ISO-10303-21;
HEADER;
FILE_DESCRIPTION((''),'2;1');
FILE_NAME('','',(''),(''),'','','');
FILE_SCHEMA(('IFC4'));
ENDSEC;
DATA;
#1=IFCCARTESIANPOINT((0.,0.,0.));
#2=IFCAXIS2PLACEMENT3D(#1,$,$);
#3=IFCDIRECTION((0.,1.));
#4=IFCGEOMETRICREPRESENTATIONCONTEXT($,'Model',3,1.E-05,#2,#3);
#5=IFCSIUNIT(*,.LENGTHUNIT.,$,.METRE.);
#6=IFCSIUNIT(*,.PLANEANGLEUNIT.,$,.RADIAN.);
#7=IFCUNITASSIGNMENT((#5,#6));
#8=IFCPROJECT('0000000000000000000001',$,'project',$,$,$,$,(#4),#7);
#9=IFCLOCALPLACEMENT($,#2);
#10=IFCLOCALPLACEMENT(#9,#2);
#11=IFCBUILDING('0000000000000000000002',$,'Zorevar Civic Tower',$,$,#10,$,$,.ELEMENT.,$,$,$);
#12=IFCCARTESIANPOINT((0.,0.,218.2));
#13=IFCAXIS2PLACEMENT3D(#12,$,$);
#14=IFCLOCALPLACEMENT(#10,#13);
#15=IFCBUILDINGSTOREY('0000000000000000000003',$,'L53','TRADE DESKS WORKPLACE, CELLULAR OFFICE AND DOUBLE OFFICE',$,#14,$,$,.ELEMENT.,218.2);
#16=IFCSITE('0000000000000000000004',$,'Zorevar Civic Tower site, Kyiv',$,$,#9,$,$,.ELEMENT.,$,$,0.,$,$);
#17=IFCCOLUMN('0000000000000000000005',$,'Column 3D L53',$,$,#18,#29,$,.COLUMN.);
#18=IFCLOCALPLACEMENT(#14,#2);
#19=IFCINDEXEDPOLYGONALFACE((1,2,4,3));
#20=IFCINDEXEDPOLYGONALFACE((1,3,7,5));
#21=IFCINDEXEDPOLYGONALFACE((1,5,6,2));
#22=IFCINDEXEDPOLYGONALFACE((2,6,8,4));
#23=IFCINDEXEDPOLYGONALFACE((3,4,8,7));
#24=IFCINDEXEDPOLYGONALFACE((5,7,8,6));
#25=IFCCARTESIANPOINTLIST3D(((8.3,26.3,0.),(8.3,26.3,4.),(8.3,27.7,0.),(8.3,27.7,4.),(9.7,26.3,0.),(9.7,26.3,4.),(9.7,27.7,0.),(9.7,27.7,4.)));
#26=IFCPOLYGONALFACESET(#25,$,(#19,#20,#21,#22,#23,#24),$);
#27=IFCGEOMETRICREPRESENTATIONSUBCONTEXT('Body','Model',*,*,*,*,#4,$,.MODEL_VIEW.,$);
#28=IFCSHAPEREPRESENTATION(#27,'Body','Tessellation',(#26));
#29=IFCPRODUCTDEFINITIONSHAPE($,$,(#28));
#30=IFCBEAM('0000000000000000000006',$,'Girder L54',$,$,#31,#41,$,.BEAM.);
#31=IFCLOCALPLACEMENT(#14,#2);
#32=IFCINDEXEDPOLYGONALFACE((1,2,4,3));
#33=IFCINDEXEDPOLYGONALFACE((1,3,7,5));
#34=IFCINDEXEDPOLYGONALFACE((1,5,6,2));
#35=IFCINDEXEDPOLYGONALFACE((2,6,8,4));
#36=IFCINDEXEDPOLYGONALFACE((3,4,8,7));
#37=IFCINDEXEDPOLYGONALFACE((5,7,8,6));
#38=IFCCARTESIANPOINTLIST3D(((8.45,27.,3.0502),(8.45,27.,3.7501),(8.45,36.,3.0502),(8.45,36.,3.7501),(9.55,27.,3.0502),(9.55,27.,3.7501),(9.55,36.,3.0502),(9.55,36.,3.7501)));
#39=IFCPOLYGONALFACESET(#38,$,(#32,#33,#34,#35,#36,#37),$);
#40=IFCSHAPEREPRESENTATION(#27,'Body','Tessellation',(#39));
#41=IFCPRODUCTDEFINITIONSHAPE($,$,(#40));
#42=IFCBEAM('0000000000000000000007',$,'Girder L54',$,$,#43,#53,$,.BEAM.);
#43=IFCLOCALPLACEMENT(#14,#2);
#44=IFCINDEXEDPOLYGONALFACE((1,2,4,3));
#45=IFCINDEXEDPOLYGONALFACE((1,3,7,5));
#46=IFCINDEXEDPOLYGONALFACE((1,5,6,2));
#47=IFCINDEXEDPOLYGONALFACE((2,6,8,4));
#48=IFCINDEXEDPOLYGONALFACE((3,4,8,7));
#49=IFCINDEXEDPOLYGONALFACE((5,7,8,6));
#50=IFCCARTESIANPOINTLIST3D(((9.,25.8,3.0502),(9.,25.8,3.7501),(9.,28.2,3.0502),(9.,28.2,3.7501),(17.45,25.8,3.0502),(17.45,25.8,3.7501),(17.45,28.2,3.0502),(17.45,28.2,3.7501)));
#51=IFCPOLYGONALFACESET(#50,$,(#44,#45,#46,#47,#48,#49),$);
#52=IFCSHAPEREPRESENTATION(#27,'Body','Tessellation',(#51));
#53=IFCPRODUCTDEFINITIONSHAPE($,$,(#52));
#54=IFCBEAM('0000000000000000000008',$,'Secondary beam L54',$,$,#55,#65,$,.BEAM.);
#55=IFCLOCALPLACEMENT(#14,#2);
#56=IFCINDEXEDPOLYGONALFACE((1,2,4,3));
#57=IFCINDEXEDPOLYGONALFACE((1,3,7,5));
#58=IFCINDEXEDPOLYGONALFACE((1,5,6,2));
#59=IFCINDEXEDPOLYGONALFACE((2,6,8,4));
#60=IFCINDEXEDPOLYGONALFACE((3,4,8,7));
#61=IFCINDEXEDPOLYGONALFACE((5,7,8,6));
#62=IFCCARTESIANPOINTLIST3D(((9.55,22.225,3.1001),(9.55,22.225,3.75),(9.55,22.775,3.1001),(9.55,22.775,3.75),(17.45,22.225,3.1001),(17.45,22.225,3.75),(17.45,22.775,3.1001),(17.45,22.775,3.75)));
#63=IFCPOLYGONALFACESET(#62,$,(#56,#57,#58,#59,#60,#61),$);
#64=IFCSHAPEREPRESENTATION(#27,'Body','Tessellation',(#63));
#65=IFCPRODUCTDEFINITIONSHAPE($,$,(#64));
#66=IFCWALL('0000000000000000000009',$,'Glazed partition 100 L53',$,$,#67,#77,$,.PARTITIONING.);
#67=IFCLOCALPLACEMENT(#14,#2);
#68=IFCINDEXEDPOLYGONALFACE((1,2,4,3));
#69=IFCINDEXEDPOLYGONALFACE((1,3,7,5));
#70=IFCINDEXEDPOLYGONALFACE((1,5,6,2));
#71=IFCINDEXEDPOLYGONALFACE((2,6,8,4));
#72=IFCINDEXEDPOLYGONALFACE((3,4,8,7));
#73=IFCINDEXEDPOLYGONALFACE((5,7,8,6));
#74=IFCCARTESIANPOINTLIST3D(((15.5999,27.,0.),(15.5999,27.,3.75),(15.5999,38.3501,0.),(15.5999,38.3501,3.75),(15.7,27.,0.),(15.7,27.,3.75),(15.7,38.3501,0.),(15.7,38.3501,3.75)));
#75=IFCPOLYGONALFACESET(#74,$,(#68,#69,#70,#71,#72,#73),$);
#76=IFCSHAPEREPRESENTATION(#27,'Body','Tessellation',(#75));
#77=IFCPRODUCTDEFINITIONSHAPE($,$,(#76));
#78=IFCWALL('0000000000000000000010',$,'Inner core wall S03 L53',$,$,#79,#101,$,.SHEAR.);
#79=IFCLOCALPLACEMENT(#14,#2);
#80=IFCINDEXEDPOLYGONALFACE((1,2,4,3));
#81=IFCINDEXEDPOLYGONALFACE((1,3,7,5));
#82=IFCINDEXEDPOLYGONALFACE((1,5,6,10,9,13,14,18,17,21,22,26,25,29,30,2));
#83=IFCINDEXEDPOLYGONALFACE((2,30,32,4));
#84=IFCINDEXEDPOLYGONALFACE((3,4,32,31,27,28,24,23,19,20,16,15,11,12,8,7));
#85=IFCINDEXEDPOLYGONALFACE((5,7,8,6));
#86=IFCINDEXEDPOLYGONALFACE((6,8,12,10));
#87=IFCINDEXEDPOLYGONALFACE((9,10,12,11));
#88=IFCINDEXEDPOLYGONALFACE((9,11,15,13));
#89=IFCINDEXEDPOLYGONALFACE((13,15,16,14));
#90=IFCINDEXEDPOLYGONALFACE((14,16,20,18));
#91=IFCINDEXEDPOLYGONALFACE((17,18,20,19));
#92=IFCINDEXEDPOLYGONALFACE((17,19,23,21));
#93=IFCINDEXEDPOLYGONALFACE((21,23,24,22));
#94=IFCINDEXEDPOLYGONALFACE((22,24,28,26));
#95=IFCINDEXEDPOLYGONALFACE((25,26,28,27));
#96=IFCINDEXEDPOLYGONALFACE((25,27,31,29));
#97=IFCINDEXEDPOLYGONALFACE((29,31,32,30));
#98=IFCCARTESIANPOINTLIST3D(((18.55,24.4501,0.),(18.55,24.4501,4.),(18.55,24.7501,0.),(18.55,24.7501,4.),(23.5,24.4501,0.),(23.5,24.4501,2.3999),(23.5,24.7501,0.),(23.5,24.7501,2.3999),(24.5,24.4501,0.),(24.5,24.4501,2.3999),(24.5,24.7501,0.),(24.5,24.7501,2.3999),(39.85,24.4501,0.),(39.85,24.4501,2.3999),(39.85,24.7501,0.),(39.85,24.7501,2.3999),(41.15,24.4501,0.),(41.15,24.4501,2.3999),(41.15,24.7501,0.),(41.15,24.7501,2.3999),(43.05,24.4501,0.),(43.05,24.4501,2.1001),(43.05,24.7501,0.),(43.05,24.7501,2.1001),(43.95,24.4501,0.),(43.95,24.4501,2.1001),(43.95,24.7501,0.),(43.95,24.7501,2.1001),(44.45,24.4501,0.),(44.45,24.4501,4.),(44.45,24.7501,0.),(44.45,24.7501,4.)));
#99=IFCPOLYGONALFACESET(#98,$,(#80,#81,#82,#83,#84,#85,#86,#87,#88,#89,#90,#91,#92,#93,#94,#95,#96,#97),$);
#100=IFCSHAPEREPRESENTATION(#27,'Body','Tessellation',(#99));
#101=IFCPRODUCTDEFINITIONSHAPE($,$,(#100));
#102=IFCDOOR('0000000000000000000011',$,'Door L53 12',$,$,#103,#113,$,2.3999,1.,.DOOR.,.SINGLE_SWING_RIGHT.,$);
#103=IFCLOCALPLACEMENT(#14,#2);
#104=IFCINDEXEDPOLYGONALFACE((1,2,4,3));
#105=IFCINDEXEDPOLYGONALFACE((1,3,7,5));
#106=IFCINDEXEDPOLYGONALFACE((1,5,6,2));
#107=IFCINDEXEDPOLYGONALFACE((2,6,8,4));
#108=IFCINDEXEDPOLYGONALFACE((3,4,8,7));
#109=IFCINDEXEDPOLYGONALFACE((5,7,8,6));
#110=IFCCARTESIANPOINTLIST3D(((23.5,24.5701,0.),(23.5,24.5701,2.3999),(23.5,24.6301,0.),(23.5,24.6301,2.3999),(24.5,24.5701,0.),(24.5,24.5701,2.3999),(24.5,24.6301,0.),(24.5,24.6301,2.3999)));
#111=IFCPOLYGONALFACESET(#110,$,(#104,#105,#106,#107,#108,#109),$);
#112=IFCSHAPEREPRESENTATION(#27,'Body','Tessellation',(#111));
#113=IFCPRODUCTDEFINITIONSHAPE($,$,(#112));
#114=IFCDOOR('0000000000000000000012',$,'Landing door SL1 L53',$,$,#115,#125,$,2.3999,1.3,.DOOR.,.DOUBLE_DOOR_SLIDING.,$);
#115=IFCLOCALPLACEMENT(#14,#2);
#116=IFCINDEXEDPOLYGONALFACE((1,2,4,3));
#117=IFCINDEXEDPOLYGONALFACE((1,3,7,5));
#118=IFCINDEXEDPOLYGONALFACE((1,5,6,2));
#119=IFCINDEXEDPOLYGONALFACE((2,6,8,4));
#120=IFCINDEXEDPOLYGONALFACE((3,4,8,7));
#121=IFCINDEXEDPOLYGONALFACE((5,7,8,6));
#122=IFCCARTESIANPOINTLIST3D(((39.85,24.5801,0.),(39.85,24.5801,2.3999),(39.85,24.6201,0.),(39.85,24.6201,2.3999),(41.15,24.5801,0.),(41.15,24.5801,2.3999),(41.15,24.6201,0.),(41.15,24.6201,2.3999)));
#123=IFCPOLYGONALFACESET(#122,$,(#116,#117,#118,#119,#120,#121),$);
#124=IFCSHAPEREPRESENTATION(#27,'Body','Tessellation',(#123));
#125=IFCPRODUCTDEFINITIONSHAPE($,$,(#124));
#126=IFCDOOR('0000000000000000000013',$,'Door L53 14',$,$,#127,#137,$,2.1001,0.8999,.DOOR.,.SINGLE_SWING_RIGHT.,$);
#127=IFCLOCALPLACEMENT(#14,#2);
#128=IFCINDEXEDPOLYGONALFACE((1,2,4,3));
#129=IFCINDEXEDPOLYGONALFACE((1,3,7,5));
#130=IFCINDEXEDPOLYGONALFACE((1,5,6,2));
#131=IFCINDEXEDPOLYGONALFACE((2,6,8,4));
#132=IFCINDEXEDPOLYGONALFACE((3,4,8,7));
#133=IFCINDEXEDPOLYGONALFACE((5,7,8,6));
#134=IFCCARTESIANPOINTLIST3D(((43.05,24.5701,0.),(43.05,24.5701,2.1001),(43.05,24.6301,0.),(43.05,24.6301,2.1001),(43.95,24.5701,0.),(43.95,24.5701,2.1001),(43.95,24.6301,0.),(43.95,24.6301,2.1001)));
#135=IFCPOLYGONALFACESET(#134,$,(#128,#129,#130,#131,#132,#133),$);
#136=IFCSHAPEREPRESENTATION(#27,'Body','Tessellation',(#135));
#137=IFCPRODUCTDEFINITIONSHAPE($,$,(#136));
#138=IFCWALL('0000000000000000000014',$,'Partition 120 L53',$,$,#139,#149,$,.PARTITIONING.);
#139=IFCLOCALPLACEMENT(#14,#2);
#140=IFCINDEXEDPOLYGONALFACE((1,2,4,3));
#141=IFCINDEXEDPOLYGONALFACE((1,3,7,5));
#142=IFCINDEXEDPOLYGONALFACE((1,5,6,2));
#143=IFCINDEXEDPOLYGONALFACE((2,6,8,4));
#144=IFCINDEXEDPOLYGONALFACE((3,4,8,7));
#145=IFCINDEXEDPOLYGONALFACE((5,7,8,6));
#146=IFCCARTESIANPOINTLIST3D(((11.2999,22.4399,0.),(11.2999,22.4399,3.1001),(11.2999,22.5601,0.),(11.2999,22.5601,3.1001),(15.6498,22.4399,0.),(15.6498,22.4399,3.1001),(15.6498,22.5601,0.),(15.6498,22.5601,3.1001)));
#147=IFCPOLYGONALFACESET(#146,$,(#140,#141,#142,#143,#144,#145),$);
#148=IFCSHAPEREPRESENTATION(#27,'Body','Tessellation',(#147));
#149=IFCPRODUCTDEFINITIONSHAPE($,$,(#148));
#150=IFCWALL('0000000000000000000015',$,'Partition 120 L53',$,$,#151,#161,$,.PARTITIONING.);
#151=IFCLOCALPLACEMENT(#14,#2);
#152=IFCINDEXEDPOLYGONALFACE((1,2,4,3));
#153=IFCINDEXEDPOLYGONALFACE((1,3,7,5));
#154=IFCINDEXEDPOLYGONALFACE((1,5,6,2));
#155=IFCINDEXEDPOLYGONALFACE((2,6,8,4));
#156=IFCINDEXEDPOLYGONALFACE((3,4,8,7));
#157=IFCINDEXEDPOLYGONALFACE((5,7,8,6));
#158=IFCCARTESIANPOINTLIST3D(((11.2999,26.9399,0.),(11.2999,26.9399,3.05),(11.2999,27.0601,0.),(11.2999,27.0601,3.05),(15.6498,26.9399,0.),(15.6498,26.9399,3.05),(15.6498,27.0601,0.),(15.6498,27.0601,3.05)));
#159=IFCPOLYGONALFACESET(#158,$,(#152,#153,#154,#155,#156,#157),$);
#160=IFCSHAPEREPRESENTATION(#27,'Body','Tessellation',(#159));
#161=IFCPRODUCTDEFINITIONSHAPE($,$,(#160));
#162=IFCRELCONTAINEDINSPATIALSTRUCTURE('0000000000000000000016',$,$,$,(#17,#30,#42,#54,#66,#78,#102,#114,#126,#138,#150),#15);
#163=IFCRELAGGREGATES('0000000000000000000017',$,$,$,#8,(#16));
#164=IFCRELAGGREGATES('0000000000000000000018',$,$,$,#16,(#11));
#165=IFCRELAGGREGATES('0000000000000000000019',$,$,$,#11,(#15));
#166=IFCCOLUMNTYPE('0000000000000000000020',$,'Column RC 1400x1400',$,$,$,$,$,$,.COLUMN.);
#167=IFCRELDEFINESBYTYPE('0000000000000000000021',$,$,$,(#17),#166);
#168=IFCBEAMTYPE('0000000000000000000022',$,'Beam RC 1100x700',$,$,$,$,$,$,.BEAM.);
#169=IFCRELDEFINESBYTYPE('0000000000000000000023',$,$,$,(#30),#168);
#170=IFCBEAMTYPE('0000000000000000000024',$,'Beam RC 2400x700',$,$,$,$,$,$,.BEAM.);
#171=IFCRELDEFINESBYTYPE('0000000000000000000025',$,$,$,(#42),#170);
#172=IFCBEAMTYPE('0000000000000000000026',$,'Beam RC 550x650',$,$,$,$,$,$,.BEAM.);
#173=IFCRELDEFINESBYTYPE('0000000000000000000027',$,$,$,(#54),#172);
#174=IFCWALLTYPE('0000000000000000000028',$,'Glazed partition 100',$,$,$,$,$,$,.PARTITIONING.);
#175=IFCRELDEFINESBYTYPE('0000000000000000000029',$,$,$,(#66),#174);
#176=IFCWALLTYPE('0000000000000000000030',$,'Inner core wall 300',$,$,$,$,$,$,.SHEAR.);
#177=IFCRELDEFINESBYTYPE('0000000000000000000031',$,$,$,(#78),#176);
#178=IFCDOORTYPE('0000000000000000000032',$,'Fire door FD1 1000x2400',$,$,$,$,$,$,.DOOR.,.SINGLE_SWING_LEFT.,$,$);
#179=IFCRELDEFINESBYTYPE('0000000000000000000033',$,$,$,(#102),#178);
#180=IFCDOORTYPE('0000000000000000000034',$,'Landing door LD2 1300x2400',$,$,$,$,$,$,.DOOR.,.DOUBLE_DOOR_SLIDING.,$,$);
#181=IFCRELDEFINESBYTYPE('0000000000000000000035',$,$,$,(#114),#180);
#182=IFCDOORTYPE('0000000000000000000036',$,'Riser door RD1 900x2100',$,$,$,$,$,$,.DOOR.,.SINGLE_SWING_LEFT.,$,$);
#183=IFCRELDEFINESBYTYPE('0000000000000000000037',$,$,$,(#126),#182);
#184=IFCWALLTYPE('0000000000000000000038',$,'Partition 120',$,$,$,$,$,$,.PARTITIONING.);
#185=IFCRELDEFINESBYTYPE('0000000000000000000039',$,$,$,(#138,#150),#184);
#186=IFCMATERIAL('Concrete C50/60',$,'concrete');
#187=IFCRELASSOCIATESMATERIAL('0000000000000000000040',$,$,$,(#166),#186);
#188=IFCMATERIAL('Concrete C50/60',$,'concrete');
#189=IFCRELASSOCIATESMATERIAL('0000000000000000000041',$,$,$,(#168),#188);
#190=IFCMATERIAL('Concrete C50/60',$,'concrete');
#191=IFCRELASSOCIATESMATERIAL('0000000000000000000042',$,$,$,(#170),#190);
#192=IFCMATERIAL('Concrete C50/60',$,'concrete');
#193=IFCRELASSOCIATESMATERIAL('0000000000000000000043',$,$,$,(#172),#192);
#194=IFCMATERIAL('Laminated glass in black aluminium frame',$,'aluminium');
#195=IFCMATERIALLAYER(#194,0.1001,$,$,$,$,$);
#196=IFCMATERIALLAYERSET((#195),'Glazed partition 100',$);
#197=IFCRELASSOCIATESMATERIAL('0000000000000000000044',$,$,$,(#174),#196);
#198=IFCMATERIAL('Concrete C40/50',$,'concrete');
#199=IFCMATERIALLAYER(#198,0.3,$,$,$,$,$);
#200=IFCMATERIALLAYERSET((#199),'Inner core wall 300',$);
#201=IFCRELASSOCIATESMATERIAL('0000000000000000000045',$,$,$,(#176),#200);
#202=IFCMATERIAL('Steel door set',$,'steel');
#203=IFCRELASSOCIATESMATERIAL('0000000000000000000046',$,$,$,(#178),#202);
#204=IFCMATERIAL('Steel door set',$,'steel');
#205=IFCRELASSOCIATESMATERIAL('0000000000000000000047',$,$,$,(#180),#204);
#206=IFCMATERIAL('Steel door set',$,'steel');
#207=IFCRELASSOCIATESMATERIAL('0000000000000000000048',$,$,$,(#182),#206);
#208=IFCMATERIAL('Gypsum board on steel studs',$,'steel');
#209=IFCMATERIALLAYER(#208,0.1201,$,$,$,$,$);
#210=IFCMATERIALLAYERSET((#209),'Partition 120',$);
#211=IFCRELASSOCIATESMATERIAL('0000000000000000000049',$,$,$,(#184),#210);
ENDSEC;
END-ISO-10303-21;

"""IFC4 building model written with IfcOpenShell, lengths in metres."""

from ifc_helpers import new_model, si_unit, direction, frame, frame_2d, origin, origin_2d, place, context, subcontext, project, spatial, rectangle, extrude, material, layer, layer_set, material_profile, profile_set, type_object, element, fill, save


model = new_model("IFC4")

# Units and contexts
model_context = context("Model", 3, precision=1e-05, world=origin(), true_north=direction((0.0, 1.0)))
body_context = subcontext(model_context, "Body", "Model", "MODEL_VIEW")
ifc_project = project(units=[si_unit("LENGTHUNIT", "METRE"), si_unit("PLANEANGLEUNIT", "RADIAN")], contexts=[model_context])

# Site, building, storey
site_placement = place(None, origin())
site = spatial("IfcSite", under=ifc_project, at=site_placement, Name="Zorevar Civic Tower site, Kyiv", CompositionType="ELEMENT", RefElevation=0.0)
building_placement = place(site_placement, origin())
building = spatial("IfcBuilding", under=site, at=building_placement, Name="Zorevar Civic Tower", CompositionType="ELEMENT")
storey_placement = place(building_placement, frame((0.0, 0.0, 218.2)))
storey = spatial("IfcBuildingStorey", under=building, at=storey_placement, Name="L53", Description="TRADE DESKS WORKPLACE, CELLULAR OFFICE AND DOUBLE OFFICE", CompositionType="ELEMENT", Elevation=218.2)

# Column
ifc_material_1 = material(Name="Concrete C50/60", Category="concrete")
ifc_material_profile_1 = material_profile(ifc_material_1, rectangle(XDim=1.3999, YDim=1.3999, at=origin_2d()), Name="RC 1400x1400")
ifc_profile_set_1 = profile_set([ifc_material_profile_1], Name="Concrete C50/60")
column_type = type_object("IfcColumnType", Name="Column RC 1400x1400", PredefinedType="COLUMN", material=ifc_profile_set_1)
column_placement = place(storey_placement, frame((9.0, 27.0, 0.0), z_axis=(0.0, 0.0, 1.0), x_axis=(1.0, 0.0, 0.0)))
element("IfcColumn", 1, at=column_placement, inside=storey, type_object=column_type, Name="Column 3D L53", PredefinedType="COLUMN", context=body_context, shape_type="SweptSolid", body=[
    extrude(rectangle(XDim=1.3999, YDim=1.3999, at=origin_2d()), origin(), (0.0, 0.0, 1.0), 4.0),
])

# Beams
ifc_material_2 = material(Name="Concrete C50/60", Category="concrete")
ifc_material_profile_2 = material_profile(ifc_material_2, rectangle(XDim=1.1001, YDim=0.7, at=origin_2d()), Name="RC 1100x700")
ifc_profile_set_2 = profile_set([ifc_material_profile_2], Name="Concrete C50/60")
beam_type_1 = type_object("IfcBeamType", Name="Beam RC 1100x700", PredefinedType="BEAM", material=ifc_profile_set_2)
beam_1_placement = place(storey_placement, frame((9.0, 27.0, 3.4001), z_axis=(0.0, 1.0, 0.0), x_axis=(-1.0, 0.0, 0.0)))
element("IfcBeam", 2, at=beam_1_placement, inside=storey, type_object=beam_type_1, Name="Girder L54", PredefinedType="BEAM", context=body_context, shape_type="SweptSolid", body=[
    extrude(rectangle(XDim=1.1001, YDim=0.7, at=origin_2d()), origin(), (0.0, 0.0, 1.0), 9.0),
])
ifc_material_3 = material(Name="Concrete C50/60", Category="concrete")
ifc_material_profile_3 = material_profile(ifc_material_3, rectangle(XDim=2.3999, YDim=0.7, at=origin_2d()), Name="RC 2400x700")
ifc_profile_set_3 = profile_set([ifc_material_profile_3], Name="Concrete C50/60")
beam_type_2 = type_object("IfcBeamType", Name="Beam RC 2400x700", PredefinedType="BEAM", material=ifc_profile_set_3)
beam_2_placement = place(storey_placement, frame((9.0, 27.0, 3.4001), z_axis=(1.0, 0.0, 0.0), x_axis=(0.0, 1.0, 0.0)))
element("IfcBeam", 3, at=beam_2_placement, inside=storey, type_object=beam_type_2, Name="Girder L54", PredefinedType="BEAM", context=body_context, shape_type="SweptSolid", body=[
    extrude(rectangle(XDim=2.3999, YDim=0.7, at=origin_2d()), origin(), (0.0, 0.0, 1.0), 8.45),
])
ifc_material_4 = material(Name="Concrete C50/60", Category="concrete")
ifc_material_profile_4 = material_profile(ifc_material_4, rectangle(XDim=0.55, YDim=0.6499, at=origin_2d()), Name="RC 550x650")
ifc_profile_set_4 = profile_set([ifc_material_profile_4], Name="Concrete C50/60")
beam_type_3 = type_object("IfcBeamType", Name="Beam RC 550x650", PredefinedType="BEAM", material=ifc_profile_set_4)
beam_3_placement = place(storey_placement, frame((9.55, 22.5, 3.425), z_axis=(1.0, 0.0, 0.0), x_axis=(0.0, 1.0, 0.0)))
element("IfcBeam", 4, at=beam_3_placement, inside=storey, type_object=beam_type_3, Name="Secondary beam L54", PredefinedType="BEAM", context=body_context, shape_type="SweptSolid", body=[
    extrude(rectangle(XDim=0.55, YDim=0.6499, at=origin_2d()), origin(), (0.0, 0.0, 1.0), 7.8999),
])

# Wall
ifc_material_5 = material(Name="Laminated glass in black aluminium frame", Category="aluminium")
ifc_layer_1 = layer(ifc_material_5, 0.1001)
ifc_layer_set_1 = layer_set([ifc_layer_1], Name="Glazed partition 100")
wall_type_1 = type_object("IfcWallType", Name="Glazed partition 100", PredefinedType="PARTITIONING", material=ifc_layer_set_1)
wall_1_placement = place(storey_placement, frame((15.6499, 27.0, 0.0), z_axis=(0.0, 0.0, 1.0), x_axis=(0.0, 1.0, 0.0)))
element("IfcWall", 5, at=wall_1_placement, inside=storey, type_object=wall_type_1, Name="Glazed partition 100 L53", PredefinedType="PARTITIONING", context=body_context, shape_type="SweptSolid", body=[
    extrude(rectangle(XDim=11.3501, YDim=0.1001, at=frame_2d((5.675, 0.0))), origin(), (0.0, 0.0, 1.0), 3.75),
])

# Wall, openings, doors
ifc_material_6 = material(Name="Concrete C40/50", Category="concrete")
ifc_layer_2 = layer(ifc_material_6, 0.3)
ifc_layer_set_2 = layer_set([ifc_layer_2], Name="Inner core wall 300")
wall_type_2 = type_object("IfcWallType", Name="Inner core wall 300", PredefinedType="SHEAR", material=ifc_layer_set_2)
wall_2_placement = place(storey_placement, frame((18.55, 24.6001, 0.0), z_axis=(0.0, 0.0, 1.0), x_axis=(1.0, 0.0, 0.0)))
wall_2 = element("IfcWall", 6, at=wall_2_placement, inside=storey, type_object=wall_type_2, Name="Inner core wall S03 L53", PredefinedType="SHEAR", context=body_context, shape_type="SweptSolid", body=[
    extrude(rectangle(XDim=25.8999, YDim=0.3, at=frame_2d((12.95, 0.0))), origin(), (0.0, 0.0, 1.0), 4.0),
])
opening_1_placement = place(wall_2_placement, frame((4.95, 0.0, 0.0)))
opening_1 = element("IfcOpeningElement", 7, at=opening_1_placement, cuts=wall_2, PredefinedType="OPENING", context=body_context, shape_type="SweptSolid", body=[
    extrude(rectangle(XDim=1.0, YDim=2.3999, at=frame_2d((0.5, 1.2))), frame((0.0, 0.1599, 0.0), z_axis=(0.0, -1.0, 0.0), x_axis=(1.0, 0.0, 0.0)), (0.0, 0.0, 1.0), 0.3201),
])
opening_2_placement = place(wall_2_placement, frame((24.5, 0.0, 0.0)))
opening_2 = element("IfcOpeningElement", 8, at=opening_2_placement, cuts=wall_2, PredefinedType="OPENING", context=body_context, shape_type="SweptSolid", body=[
    extrude(rectangle(XDim=0.8999, YDim=2.1001, at=frame_2d((0.45, 1.05))), frame((0.0, 0.1599, 0.0), z_axis=(0.0, -1.0, 0.0), x_axis=(1.0, 0.0, 0.0)), (0.0, 0.0, 1.0), 0.3201),
])
opening_3_placement = place(wall_2_placement, frame((21.3, 0.0, 0.0)))
opening_3 = element("IfcOpeningElement", 9, at=opening_3_placement, cuts=wall_2, PredefinedType="OPENING", context=body_context, shape_type="SweptSolid", body=[
    extrude(rectangle(XDim=1.3, YDim=2.3999, at=frame_2d((0.6499, 1.2))), frame((0.0, 0.1599, 0.0), z_axis=(0.0, -1.0, 0.0), x_axis=(1.0, 0.0, 0.0)), (0.0, 0.0, 1.0), 0.3201),
])
ifc_material_7 = material(Name="Steel door set", Category="steel")
door_type_1 = type_object("IfcDoorType", Name="Fire door FD1 1000x2400", OperationType="SINGLE_SWING_LEFT", PredefinedType="DOOR", material=ifc_material_7)
door_1_placement = place(opening_1_placement, origin())
door_1 = element("IfcDoor", 10, at=door_1_placement, inside=storey, type_object=door_type_1, Name="Door L53 12", OperationType="SINGLE_SWING_RIGHT", OverallHeight=2.3999, OverallWidth=1.0, PredefinedType="DOOR", context=body_context, shape_type="SweptSolid", body=[
    extrude(rectangle(XDim=1.0, YDim=2.3999, at=frame_2d((0.5, 1.2))), frame((0.0, 0.03, 0.0), z_axis=(0.0, -1.0, 0.0), x_axis=(1.0, 0.0, 0.0)), (0.0, 0.0, 1.0), 0.0601),
])
fill(opening_1, door_1)
ifc_material_8 = material(Name="Steel door set", Category="steel")
door_type_2 = type_object("IfcDoorType", Name="Landing door LD2 1300x2400", OperationType="DOUBLE_DOOR_SLIDING", PredefinedType="DOOR", material=ifc_material_8)
door_2_placement = place(opening_3_placement, origin())
door_2 = element("IfcDoor", 11, at=door_2_placement, inside=storey, type_object=door_type_2, Name="Landing door SL1 L53", OperationType="DOUBLE_DOOR_SLIDING", OverallHeight=2.3999, OverallWidth=1.3, PredefinedType="DOOR", context=body_context, shape_type="SweptSolid", body=[
    extrude(rectangle(XDim=1.3, YDim=2.3999, at=frame_2d((0.6499, 1.2))), frame((0.0, 0.02, 0.0), z_axis=(0.0, -1.0, 0.0), x_axis=(1.0, 0.0, 0.0)), (0.0, 0.0, 1.0), 0.04),
])
fill(opening_3, door_2)
ifc_material_9 = material(Name="Steel door set", Category="steel")
door_type_3 = type_object("IfcDoorType", Name="Riser door RD1 900x2100", OperationType="SINGLE_SWING_LEFT", PredefinedType="DOOR", material=ifc_material_9)
door_3_placement = place(opening_2_placement, origin())
door_3 = element("IfcDoor", 12, at=door_3_placement, inside=storey, type_object=door_type_3, Name="Door L53 14", OperationType="SINGLE_SWING_RIGHT", OverallHeight=2.1001, OverallWidth=0.8999, PredefinedType="DOOR", context=body_context, shape_type="SweptSolid", body=[
    extrude(rectangle(XDim=0.8999, YDim=2.1001, at=frame_2d((0.45, 1.05))), frame((0.0, 0.03, 0.0), z_axis=(0.0, -1.0, 0.0), x_axis=(1.0, 0.0, 0.0)), (0.0, 0.0, 1.0), 0.0601),
])
fill(opening_2, door_3)

# Walls
ifc_material_10 = material(Name="Gypsum board on steel studs", Category="steel")
ifc_layer_3 = layer(ifc_material_10, 0.1201)
ifc_layer_set_3 = layer_set([ifc_layer_3], Name="Partition 120")
wall_type_3 = type_object("IfcWallType", Name="Partition 120", PredefinedType="PARTITIONING", material=ifc_layer_set_3)
wall_3_placement = place(storey_placement, frame((11.3, 22.5, 0.0), z_axis=(0.0, 0.0, 1.0), x_axis=(1.0, 0.0, 0.0)))
element("IfcWall", 13, at=wall_3_placement, inside=storey, type_object=wall_type_3, Name="Partition 120 L53", PredefinedType="PARTITIONING", context=body_context, shape_type="SweptSolid", body=[
    extrude(rectangle(XDim=4.3499, YDim=0.1201, at=frame_2d((2.1748, 0.0))), origin(), (0.0, 0.0, 1.0), 3.1001),
])
wall_4_placement = place(storey_placement, frame((11.3, 27.0, 0.0), z_axis=(0.0, 0.0, 1.0), x_axis=(1.0, 0.0, 0.0)))
element("IfcWall", 14, at=wall_4_placement, inside=storey, type_object=wall_type_3, Name="Partition 120 L53", PredefinedType="PARTITIONING", context=body_context, shape_type="SweptSolid", body=[
    extrude(rectangle(XDim=4.3499, YDim=0.1201, at=frame_2d((2.1748, 0.0))), origin(), (0.0, 0.0, 1.0), 3.05),
])

save(model, "model.ifc")
